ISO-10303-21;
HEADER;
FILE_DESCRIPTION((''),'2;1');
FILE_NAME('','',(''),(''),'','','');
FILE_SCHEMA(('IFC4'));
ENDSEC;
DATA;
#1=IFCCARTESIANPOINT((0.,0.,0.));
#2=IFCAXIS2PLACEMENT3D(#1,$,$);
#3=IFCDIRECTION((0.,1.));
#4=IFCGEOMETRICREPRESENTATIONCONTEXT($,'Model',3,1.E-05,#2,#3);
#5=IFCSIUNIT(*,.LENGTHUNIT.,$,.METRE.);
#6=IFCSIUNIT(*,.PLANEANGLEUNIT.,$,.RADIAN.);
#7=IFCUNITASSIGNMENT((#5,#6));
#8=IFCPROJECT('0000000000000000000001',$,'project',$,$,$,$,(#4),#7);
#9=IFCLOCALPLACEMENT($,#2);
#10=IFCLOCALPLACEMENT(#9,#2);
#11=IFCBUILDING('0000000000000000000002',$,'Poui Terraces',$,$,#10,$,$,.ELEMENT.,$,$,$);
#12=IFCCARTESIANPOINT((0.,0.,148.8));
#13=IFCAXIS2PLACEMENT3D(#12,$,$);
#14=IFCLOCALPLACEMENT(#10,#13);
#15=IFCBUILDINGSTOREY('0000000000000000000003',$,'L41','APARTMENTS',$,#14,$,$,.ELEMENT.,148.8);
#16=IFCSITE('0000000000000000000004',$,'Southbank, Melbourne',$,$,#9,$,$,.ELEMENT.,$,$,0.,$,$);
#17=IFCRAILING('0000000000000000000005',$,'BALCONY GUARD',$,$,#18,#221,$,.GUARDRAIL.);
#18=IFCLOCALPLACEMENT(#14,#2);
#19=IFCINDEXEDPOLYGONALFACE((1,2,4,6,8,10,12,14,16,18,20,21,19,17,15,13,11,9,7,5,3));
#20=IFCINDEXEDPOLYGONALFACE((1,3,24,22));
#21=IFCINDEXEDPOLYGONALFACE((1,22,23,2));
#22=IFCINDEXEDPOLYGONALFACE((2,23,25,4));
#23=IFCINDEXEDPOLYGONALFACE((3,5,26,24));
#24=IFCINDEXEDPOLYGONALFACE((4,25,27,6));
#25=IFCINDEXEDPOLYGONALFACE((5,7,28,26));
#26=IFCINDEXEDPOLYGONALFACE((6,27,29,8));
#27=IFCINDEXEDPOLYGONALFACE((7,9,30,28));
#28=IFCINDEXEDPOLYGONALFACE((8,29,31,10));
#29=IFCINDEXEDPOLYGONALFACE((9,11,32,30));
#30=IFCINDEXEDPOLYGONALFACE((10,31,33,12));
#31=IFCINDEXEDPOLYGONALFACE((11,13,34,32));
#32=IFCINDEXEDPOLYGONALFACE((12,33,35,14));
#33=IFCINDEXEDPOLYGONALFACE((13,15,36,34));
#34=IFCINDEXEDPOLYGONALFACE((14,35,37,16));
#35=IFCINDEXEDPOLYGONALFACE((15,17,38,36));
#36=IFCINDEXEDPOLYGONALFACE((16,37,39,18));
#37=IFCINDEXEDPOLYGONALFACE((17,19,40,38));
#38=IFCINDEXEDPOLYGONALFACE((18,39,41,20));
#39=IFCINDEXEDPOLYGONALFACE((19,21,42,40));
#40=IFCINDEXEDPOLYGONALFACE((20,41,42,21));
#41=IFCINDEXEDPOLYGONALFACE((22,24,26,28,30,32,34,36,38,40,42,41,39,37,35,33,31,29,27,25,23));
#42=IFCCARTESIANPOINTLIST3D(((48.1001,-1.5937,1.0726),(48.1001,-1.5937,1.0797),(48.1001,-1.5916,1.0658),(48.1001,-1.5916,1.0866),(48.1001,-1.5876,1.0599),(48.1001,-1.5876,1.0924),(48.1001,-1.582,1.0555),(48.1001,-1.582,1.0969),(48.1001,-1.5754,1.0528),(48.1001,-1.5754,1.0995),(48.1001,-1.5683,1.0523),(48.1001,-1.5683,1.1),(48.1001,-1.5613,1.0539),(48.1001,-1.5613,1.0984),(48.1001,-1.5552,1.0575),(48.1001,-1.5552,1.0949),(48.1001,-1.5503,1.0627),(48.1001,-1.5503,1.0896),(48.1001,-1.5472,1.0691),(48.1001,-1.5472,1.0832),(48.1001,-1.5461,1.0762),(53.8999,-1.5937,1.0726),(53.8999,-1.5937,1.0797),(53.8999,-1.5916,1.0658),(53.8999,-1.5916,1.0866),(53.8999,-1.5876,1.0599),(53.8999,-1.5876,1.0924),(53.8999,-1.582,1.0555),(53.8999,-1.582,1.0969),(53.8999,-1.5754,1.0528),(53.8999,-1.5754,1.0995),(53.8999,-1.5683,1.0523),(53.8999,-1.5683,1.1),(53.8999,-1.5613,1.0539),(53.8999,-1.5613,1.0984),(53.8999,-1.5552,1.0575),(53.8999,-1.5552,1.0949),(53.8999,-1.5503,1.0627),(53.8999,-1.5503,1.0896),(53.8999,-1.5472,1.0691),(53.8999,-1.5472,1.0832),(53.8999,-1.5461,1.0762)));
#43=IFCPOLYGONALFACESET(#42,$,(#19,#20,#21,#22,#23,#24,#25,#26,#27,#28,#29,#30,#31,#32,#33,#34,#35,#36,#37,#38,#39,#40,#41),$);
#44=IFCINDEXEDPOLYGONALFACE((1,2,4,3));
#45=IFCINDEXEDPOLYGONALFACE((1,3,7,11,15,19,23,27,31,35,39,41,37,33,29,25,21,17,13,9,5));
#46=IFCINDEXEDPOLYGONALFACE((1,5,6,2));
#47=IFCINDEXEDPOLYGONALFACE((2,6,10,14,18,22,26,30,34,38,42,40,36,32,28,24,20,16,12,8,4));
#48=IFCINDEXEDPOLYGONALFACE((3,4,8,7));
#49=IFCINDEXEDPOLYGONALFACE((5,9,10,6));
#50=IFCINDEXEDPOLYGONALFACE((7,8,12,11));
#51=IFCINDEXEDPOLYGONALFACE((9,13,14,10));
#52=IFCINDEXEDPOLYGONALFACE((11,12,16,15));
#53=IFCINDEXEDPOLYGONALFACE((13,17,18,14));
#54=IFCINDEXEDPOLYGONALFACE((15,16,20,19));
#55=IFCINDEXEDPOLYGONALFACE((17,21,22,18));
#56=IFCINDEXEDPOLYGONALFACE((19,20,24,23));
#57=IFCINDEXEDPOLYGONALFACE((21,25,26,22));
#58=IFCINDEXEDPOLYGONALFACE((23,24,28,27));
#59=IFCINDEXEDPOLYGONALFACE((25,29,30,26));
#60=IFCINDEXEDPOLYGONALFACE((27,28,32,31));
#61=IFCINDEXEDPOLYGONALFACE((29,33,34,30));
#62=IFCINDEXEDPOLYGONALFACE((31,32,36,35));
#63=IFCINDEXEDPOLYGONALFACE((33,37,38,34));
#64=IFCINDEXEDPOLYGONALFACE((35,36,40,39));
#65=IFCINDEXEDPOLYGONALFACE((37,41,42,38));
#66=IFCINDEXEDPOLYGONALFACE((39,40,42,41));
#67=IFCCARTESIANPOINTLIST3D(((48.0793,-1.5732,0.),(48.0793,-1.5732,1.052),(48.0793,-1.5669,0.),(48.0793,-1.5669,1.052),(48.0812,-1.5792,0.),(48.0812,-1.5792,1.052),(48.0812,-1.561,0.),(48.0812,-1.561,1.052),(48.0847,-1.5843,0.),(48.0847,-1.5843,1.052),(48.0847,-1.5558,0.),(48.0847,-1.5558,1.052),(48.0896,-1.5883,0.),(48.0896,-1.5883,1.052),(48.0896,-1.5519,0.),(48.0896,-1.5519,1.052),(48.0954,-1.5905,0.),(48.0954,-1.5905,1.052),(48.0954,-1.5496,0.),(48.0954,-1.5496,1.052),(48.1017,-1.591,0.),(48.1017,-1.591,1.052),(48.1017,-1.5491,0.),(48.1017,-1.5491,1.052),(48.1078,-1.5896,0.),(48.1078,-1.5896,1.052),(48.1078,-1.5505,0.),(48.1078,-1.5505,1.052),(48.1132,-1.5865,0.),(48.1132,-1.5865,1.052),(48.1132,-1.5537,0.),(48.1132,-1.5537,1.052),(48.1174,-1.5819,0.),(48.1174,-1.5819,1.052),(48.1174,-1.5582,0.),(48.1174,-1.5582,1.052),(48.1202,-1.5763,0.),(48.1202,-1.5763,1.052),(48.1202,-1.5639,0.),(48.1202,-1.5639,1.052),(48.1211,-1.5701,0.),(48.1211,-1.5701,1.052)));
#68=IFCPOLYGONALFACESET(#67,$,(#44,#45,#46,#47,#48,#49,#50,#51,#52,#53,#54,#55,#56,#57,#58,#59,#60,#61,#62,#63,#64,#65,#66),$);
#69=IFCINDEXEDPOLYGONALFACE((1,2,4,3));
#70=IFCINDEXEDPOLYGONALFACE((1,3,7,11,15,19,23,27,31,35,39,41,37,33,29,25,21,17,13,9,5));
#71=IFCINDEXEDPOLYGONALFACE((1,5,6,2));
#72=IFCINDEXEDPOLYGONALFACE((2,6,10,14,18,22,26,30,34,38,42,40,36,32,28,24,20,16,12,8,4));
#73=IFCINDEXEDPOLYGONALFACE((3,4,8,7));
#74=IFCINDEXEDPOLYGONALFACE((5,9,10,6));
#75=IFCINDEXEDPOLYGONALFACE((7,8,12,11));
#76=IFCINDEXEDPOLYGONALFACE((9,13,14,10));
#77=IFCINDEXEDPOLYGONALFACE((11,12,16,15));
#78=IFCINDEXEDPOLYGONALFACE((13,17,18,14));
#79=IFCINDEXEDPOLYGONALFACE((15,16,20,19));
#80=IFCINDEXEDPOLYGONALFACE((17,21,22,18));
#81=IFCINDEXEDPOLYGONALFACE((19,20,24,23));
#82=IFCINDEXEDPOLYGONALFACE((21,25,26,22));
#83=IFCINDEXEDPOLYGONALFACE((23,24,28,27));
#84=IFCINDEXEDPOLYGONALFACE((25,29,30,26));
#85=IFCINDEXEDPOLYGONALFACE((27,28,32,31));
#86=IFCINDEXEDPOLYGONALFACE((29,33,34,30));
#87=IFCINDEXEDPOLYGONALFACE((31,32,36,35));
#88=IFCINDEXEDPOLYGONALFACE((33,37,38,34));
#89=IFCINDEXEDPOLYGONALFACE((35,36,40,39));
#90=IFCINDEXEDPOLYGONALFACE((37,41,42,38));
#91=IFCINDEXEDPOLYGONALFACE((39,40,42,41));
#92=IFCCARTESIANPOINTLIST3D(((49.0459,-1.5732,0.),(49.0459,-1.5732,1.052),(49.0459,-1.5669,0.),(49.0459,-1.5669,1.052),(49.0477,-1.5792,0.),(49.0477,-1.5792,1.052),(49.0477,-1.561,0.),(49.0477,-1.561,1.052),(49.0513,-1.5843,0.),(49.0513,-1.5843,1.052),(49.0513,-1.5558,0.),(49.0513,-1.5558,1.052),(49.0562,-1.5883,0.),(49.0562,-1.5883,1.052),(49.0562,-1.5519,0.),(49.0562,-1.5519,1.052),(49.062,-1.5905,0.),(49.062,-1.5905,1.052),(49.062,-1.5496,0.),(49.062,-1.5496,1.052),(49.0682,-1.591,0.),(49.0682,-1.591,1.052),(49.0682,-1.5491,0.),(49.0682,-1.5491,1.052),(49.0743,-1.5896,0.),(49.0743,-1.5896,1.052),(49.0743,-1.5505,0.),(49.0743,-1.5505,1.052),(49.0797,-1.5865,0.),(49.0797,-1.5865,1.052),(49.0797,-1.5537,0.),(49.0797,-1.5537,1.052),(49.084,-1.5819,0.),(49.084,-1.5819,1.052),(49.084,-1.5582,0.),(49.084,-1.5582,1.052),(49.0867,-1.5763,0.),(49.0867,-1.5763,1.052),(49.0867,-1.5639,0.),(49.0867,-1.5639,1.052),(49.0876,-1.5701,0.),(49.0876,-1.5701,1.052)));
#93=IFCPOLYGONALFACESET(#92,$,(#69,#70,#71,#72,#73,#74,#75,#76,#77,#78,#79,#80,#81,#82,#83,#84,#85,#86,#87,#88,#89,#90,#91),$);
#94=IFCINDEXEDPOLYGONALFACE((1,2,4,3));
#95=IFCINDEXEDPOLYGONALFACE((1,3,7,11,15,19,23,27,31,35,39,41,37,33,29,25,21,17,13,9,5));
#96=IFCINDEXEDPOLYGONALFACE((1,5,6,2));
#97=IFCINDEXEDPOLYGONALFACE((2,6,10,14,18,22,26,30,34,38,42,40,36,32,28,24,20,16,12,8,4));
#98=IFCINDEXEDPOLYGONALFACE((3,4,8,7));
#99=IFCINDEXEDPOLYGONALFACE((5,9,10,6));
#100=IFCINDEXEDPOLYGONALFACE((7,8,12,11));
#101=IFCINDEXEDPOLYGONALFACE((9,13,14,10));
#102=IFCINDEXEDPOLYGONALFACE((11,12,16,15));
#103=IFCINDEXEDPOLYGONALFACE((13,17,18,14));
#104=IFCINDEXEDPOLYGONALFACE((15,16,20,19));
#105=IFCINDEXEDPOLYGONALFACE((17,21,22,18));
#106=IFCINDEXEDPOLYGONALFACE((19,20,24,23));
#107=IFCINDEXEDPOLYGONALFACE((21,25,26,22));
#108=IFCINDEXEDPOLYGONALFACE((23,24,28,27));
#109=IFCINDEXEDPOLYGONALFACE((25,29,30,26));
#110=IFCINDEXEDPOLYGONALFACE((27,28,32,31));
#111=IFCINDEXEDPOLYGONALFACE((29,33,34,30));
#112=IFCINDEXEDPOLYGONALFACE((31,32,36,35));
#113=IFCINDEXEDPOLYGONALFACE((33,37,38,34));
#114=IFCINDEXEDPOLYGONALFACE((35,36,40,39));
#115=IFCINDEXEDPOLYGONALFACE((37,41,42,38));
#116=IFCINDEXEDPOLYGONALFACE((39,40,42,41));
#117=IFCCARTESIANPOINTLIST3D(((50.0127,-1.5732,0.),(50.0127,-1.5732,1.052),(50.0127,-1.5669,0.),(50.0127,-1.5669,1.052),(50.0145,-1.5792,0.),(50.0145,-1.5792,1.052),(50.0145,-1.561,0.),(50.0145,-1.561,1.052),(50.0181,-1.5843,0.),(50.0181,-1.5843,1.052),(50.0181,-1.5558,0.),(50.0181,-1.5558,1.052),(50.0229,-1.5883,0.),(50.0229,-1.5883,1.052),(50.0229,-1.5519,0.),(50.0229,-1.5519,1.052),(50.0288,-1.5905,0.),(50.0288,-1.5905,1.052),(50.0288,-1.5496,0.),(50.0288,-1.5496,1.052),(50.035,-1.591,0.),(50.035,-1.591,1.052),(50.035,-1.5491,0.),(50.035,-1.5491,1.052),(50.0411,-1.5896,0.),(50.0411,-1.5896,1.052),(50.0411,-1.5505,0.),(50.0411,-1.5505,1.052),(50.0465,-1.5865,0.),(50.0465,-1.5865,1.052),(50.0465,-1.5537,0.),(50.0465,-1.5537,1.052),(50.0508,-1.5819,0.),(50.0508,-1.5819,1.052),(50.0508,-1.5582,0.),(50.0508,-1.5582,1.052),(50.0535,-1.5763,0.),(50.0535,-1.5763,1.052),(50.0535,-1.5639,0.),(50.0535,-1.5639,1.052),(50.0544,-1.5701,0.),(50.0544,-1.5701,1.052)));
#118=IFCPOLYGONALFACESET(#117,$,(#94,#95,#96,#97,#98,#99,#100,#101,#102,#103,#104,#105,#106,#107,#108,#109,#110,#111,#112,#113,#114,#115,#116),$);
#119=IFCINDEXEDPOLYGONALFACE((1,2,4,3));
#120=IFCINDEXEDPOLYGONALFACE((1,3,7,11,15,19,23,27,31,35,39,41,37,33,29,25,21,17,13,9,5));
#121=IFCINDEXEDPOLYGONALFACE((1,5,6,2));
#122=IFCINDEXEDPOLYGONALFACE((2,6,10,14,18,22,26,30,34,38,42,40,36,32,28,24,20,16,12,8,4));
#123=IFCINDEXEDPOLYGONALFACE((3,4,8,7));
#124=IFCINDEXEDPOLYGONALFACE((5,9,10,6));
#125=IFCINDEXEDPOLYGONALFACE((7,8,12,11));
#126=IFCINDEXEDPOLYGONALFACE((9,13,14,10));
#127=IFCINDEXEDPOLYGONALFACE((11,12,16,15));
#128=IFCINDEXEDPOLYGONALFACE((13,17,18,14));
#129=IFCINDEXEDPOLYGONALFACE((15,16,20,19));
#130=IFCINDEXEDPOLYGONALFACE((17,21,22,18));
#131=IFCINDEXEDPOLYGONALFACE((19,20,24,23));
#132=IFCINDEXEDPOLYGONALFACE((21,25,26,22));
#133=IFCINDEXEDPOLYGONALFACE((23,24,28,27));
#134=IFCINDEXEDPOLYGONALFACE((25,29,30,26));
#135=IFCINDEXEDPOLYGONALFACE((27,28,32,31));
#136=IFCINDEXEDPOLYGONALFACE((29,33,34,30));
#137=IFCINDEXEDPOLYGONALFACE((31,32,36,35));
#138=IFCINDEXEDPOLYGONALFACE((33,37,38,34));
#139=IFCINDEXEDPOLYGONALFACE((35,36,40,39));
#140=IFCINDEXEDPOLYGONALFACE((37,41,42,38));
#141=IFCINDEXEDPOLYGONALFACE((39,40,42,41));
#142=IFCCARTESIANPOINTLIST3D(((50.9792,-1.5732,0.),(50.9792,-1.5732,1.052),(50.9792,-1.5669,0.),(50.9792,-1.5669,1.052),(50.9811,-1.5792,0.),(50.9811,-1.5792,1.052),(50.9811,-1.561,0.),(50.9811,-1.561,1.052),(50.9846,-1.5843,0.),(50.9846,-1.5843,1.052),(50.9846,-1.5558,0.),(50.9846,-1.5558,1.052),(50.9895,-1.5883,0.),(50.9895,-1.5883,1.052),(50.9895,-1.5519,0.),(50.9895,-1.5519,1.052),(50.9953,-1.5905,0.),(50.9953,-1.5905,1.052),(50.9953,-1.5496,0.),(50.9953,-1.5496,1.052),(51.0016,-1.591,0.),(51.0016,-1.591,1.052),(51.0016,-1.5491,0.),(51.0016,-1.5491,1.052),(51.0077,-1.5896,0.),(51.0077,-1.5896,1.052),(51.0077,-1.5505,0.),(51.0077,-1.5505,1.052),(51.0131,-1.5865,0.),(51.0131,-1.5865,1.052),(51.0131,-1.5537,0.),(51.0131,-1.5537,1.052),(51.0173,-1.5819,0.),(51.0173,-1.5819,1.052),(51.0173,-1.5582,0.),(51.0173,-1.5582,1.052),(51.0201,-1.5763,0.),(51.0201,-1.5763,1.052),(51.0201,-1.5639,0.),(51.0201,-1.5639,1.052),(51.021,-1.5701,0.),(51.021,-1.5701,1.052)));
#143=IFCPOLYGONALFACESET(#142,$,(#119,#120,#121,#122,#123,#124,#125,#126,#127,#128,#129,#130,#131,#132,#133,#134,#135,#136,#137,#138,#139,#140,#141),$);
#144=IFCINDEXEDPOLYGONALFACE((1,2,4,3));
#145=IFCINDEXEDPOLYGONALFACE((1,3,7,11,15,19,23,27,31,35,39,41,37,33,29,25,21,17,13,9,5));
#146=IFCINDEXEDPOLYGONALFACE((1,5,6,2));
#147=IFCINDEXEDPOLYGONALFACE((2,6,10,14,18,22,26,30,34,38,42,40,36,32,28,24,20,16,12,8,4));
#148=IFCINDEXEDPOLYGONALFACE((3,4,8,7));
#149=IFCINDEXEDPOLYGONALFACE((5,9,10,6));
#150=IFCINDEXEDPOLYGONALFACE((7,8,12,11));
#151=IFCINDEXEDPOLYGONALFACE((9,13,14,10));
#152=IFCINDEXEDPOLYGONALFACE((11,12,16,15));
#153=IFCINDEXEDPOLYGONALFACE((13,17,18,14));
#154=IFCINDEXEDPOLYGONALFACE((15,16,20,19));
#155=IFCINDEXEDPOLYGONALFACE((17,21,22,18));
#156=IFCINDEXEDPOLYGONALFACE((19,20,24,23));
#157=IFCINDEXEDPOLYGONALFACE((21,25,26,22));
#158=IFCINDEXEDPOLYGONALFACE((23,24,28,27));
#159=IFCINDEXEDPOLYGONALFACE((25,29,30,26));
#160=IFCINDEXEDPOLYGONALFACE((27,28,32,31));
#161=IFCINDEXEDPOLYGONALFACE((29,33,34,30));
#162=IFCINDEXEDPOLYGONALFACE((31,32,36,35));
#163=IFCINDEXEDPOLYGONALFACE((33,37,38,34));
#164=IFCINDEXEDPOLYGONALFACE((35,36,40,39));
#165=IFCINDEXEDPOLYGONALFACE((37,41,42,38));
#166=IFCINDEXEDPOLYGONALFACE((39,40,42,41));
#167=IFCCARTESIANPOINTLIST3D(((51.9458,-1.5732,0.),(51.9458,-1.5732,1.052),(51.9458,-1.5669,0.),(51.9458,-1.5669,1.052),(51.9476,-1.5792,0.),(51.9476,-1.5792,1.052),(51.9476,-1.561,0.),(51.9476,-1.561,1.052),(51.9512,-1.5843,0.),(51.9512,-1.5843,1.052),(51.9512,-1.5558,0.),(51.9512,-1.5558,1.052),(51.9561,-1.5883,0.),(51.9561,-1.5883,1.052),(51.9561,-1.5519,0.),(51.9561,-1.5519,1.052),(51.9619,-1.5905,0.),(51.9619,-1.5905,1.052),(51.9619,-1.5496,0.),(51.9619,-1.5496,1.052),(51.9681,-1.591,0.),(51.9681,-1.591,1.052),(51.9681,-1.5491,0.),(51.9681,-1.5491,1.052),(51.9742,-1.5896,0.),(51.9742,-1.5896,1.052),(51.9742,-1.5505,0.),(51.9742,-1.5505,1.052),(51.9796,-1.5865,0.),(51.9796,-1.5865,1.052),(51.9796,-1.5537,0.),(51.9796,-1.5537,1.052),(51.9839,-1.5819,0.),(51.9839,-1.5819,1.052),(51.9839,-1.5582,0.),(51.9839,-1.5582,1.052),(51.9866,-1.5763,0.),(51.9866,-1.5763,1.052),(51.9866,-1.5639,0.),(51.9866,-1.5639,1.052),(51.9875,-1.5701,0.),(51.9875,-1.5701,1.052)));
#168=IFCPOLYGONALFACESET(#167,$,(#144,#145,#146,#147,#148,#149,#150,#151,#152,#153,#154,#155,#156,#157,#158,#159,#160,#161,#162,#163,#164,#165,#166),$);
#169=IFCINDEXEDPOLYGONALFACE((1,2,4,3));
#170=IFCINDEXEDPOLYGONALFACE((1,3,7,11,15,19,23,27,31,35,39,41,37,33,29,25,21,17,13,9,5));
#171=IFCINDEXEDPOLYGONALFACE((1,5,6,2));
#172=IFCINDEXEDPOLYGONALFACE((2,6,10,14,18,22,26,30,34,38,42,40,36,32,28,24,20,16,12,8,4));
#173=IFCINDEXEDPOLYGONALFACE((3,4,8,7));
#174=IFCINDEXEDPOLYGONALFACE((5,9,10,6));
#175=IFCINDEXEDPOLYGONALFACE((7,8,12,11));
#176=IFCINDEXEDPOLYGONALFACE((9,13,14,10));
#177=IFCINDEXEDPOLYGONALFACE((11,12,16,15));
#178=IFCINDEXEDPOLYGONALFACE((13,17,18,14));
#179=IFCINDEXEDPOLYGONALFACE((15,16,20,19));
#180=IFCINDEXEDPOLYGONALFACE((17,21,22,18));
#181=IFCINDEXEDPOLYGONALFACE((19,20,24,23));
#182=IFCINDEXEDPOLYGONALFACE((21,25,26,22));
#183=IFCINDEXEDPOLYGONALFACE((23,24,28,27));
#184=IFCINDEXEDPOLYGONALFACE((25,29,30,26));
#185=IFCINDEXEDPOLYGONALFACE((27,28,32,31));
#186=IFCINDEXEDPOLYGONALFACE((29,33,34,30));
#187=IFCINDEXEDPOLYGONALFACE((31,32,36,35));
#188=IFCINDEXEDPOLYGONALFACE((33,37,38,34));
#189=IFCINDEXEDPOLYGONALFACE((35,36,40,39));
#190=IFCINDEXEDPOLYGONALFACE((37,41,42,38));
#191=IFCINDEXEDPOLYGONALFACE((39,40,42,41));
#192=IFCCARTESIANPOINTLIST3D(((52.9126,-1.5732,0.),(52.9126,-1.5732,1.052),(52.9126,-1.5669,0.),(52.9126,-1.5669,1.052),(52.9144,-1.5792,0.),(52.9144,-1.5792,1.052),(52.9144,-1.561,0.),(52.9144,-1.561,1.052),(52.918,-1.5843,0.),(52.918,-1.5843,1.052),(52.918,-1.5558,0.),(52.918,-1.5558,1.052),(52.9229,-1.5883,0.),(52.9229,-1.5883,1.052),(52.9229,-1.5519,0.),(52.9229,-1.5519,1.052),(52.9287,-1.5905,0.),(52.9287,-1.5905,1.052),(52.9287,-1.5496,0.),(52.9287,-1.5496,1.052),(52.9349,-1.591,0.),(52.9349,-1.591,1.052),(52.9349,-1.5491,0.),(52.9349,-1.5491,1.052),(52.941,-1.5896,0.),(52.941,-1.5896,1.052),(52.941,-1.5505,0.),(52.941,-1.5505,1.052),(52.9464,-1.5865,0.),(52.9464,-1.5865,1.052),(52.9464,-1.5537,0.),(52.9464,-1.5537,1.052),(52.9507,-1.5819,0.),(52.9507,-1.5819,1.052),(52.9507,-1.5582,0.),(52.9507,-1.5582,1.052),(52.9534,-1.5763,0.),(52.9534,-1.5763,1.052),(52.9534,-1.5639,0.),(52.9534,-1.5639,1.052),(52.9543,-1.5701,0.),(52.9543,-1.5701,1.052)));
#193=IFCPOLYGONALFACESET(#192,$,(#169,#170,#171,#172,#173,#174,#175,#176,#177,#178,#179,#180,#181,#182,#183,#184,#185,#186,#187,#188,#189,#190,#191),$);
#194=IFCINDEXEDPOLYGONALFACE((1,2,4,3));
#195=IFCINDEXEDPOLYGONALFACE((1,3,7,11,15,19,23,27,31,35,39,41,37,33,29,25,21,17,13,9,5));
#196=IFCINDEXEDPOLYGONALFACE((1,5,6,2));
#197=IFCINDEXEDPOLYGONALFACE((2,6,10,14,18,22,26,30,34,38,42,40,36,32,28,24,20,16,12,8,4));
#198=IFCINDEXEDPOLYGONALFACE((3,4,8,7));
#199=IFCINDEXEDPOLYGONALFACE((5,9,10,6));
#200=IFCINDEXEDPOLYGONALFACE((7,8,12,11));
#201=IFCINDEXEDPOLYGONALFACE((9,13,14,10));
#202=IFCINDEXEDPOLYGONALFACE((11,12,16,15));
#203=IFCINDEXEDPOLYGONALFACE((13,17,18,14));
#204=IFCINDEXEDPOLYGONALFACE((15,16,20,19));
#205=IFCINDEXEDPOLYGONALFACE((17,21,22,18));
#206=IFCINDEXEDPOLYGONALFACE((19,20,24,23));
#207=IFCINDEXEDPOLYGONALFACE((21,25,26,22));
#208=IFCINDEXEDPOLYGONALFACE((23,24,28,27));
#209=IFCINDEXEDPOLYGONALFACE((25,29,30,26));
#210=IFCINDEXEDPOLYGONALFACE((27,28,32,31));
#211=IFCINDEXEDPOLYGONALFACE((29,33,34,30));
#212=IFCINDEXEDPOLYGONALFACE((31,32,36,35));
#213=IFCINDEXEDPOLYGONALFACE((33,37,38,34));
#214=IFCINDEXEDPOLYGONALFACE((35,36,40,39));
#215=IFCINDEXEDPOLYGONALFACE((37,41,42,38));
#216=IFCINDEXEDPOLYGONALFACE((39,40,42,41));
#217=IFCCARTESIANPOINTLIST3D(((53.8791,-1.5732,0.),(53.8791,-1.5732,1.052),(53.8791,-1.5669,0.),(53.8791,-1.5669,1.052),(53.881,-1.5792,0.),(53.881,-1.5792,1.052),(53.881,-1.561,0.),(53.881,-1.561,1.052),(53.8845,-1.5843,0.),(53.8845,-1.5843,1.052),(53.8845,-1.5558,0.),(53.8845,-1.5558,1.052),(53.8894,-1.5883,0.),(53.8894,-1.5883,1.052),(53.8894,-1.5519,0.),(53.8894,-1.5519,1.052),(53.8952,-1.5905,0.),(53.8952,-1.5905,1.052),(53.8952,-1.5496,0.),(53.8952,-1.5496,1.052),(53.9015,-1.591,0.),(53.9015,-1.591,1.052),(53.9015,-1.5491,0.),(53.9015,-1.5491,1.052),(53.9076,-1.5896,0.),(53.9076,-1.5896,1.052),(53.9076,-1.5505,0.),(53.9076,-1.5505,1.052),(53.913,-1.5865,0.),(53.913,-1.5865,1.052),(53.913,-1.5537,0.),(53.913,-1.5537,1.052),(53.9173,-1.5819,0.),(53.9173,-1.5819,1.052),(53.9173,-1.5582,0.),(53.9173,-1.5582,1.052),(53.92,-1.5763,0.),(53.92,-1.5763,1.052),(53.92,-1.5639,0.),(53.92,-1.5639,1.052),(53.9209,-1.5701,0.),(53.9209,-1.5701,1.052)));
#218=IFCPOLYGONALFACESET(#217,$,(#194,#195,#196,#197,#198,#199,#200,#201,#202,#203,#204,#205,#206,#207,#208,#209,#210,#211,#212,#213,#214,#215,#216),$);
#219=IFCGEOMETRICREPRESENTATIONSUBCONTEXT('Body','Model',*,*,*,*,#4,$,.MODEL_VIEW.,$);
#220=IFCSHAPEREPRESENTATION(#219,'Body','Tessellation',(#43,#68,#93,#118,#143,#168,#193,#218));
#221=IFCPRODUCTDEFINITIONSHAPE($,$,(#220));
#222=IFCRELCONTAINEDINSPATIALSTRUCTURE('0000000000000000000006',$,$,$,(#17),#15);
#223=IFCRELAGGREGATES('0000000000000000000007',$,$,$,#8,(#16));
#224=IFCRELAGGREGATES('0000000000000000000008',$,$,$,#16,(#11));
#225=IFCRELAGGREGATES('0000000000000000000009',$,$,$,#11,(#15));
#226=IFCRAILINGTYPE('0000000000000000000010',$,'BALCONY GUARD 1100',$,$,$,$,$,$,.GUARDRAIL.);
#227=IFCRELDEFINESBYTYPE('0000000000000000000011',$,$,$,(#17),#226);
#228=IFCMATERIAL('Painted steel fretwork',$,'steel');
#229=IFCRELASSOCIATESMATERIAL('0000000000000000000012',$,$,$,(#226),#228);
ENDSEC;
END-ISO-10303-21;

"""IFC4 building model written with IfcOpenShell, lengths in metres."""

from ifc_helpers import new_model, si_unit, direction, frame, origin, origin_2d, place, context, subcontext, project, spatial, circle, extrude, material, type_object, element, save


model = new_model("IFC4")

# Units and contexts
model_context = context("Model", 3, precision=1e-05, world=origin(), true_north=direction((0.0, 1.0)))
body_context = subcontext(model_context, "Body", "Model", "MODEL_VIEW")
ifc_project = project(units=[si_unit("LENGTHUNIT", "METRE"), si_unit("PLANEANGLEUNIT", "RADIAN")], contexts=[model_context])

# Site, building, storey
site_placement = place(None, origin())
site = spatial("IfcSite", under=ifc_project, at=site_placement, Name="Southbank, Melbourne", CompositionType="ELEMENT", RefElevation=0.0)
building_placement = place(site_placement, origin())
building = spatial("IfcBuilding", under=site, at=building_placement, Name="Poui Terraces", CompositionType="ELEMENT")
storey_placement = place(building_placement, frame((0.0, 0.0, 148.8)))
storey = spatial("IfcBuildingStorey", under=building, at=storey_placement, Name="L41", Description="APARTMENTS", CompositionType="ELEMENT", Elevation=148.8)

# Railing
ifc_material_1 = material(Name="Painted steel fretwork", Category="steel")
railing_type = type_object("IfcRailingType", Name="BALCONY GUARD 1100", PredefinedType="GUARDRAIL", material=ifc_material_1)
railing_placement = place(storey_placement, frame((48.1001, -1.5701, 0.0)))
element("IfcRailing", 1, at=railing_placement, inside=storey, type_object=railing_type, Name="BALCONY GUARD", PredefinedType="GUARDRAIL", context=body_context, shape_type="SweptSolid", body=[
    extrude(circle(Radius=0.0239, at=origin_2d()), frame((0.0, 0.0, 1.0762), z_axis=(1.0, 0.0, 0.0), x_axis=(0.0, 1.0, 0.0)), (0.0, 0.0, 1.0), 5.7998),
    extrude(circle(Radius=0.021, at=origin_2d()), origin(), (0.0, 0.0, 1.0), 1.052),
    extrude(circle(Radius=0.021, at=origin_2d()), frame((0.9666, 0.0, 0.0)), (0.0, 0.0, 1.0), 1.052),
    extrude(circle(Radius=0.021, at=origin_2d()), frame((1.9333, 0.0, 0.0)), (0.0, 0.0, 1.0), 1.052),
    extrude(circle(Radius=0.021, at=origin_2d()), frame((2.8999, 0.0, 0.0)), (0.0, 0.0, 1.0), 1.052),
    extrude(circle(Radius=0.021, at=origin_2d()), frame((3.8665, 0.0, 0.0)), (0.0, 0.0, 1.0), 1.052),
    extrude(circle(Radius=0.021, at=origin_2d()), frame((4.8333, 0.0, 0.0)), (0.0, 0.0, 1.0), 1.052),
    extrude(circle(Radius=0.021, at=origin_2d()), frame((5.7998, 0.0, 0.0)), (0.0, 0.0, 1.0), 1.052),
])

save(model, "model.ifc")
